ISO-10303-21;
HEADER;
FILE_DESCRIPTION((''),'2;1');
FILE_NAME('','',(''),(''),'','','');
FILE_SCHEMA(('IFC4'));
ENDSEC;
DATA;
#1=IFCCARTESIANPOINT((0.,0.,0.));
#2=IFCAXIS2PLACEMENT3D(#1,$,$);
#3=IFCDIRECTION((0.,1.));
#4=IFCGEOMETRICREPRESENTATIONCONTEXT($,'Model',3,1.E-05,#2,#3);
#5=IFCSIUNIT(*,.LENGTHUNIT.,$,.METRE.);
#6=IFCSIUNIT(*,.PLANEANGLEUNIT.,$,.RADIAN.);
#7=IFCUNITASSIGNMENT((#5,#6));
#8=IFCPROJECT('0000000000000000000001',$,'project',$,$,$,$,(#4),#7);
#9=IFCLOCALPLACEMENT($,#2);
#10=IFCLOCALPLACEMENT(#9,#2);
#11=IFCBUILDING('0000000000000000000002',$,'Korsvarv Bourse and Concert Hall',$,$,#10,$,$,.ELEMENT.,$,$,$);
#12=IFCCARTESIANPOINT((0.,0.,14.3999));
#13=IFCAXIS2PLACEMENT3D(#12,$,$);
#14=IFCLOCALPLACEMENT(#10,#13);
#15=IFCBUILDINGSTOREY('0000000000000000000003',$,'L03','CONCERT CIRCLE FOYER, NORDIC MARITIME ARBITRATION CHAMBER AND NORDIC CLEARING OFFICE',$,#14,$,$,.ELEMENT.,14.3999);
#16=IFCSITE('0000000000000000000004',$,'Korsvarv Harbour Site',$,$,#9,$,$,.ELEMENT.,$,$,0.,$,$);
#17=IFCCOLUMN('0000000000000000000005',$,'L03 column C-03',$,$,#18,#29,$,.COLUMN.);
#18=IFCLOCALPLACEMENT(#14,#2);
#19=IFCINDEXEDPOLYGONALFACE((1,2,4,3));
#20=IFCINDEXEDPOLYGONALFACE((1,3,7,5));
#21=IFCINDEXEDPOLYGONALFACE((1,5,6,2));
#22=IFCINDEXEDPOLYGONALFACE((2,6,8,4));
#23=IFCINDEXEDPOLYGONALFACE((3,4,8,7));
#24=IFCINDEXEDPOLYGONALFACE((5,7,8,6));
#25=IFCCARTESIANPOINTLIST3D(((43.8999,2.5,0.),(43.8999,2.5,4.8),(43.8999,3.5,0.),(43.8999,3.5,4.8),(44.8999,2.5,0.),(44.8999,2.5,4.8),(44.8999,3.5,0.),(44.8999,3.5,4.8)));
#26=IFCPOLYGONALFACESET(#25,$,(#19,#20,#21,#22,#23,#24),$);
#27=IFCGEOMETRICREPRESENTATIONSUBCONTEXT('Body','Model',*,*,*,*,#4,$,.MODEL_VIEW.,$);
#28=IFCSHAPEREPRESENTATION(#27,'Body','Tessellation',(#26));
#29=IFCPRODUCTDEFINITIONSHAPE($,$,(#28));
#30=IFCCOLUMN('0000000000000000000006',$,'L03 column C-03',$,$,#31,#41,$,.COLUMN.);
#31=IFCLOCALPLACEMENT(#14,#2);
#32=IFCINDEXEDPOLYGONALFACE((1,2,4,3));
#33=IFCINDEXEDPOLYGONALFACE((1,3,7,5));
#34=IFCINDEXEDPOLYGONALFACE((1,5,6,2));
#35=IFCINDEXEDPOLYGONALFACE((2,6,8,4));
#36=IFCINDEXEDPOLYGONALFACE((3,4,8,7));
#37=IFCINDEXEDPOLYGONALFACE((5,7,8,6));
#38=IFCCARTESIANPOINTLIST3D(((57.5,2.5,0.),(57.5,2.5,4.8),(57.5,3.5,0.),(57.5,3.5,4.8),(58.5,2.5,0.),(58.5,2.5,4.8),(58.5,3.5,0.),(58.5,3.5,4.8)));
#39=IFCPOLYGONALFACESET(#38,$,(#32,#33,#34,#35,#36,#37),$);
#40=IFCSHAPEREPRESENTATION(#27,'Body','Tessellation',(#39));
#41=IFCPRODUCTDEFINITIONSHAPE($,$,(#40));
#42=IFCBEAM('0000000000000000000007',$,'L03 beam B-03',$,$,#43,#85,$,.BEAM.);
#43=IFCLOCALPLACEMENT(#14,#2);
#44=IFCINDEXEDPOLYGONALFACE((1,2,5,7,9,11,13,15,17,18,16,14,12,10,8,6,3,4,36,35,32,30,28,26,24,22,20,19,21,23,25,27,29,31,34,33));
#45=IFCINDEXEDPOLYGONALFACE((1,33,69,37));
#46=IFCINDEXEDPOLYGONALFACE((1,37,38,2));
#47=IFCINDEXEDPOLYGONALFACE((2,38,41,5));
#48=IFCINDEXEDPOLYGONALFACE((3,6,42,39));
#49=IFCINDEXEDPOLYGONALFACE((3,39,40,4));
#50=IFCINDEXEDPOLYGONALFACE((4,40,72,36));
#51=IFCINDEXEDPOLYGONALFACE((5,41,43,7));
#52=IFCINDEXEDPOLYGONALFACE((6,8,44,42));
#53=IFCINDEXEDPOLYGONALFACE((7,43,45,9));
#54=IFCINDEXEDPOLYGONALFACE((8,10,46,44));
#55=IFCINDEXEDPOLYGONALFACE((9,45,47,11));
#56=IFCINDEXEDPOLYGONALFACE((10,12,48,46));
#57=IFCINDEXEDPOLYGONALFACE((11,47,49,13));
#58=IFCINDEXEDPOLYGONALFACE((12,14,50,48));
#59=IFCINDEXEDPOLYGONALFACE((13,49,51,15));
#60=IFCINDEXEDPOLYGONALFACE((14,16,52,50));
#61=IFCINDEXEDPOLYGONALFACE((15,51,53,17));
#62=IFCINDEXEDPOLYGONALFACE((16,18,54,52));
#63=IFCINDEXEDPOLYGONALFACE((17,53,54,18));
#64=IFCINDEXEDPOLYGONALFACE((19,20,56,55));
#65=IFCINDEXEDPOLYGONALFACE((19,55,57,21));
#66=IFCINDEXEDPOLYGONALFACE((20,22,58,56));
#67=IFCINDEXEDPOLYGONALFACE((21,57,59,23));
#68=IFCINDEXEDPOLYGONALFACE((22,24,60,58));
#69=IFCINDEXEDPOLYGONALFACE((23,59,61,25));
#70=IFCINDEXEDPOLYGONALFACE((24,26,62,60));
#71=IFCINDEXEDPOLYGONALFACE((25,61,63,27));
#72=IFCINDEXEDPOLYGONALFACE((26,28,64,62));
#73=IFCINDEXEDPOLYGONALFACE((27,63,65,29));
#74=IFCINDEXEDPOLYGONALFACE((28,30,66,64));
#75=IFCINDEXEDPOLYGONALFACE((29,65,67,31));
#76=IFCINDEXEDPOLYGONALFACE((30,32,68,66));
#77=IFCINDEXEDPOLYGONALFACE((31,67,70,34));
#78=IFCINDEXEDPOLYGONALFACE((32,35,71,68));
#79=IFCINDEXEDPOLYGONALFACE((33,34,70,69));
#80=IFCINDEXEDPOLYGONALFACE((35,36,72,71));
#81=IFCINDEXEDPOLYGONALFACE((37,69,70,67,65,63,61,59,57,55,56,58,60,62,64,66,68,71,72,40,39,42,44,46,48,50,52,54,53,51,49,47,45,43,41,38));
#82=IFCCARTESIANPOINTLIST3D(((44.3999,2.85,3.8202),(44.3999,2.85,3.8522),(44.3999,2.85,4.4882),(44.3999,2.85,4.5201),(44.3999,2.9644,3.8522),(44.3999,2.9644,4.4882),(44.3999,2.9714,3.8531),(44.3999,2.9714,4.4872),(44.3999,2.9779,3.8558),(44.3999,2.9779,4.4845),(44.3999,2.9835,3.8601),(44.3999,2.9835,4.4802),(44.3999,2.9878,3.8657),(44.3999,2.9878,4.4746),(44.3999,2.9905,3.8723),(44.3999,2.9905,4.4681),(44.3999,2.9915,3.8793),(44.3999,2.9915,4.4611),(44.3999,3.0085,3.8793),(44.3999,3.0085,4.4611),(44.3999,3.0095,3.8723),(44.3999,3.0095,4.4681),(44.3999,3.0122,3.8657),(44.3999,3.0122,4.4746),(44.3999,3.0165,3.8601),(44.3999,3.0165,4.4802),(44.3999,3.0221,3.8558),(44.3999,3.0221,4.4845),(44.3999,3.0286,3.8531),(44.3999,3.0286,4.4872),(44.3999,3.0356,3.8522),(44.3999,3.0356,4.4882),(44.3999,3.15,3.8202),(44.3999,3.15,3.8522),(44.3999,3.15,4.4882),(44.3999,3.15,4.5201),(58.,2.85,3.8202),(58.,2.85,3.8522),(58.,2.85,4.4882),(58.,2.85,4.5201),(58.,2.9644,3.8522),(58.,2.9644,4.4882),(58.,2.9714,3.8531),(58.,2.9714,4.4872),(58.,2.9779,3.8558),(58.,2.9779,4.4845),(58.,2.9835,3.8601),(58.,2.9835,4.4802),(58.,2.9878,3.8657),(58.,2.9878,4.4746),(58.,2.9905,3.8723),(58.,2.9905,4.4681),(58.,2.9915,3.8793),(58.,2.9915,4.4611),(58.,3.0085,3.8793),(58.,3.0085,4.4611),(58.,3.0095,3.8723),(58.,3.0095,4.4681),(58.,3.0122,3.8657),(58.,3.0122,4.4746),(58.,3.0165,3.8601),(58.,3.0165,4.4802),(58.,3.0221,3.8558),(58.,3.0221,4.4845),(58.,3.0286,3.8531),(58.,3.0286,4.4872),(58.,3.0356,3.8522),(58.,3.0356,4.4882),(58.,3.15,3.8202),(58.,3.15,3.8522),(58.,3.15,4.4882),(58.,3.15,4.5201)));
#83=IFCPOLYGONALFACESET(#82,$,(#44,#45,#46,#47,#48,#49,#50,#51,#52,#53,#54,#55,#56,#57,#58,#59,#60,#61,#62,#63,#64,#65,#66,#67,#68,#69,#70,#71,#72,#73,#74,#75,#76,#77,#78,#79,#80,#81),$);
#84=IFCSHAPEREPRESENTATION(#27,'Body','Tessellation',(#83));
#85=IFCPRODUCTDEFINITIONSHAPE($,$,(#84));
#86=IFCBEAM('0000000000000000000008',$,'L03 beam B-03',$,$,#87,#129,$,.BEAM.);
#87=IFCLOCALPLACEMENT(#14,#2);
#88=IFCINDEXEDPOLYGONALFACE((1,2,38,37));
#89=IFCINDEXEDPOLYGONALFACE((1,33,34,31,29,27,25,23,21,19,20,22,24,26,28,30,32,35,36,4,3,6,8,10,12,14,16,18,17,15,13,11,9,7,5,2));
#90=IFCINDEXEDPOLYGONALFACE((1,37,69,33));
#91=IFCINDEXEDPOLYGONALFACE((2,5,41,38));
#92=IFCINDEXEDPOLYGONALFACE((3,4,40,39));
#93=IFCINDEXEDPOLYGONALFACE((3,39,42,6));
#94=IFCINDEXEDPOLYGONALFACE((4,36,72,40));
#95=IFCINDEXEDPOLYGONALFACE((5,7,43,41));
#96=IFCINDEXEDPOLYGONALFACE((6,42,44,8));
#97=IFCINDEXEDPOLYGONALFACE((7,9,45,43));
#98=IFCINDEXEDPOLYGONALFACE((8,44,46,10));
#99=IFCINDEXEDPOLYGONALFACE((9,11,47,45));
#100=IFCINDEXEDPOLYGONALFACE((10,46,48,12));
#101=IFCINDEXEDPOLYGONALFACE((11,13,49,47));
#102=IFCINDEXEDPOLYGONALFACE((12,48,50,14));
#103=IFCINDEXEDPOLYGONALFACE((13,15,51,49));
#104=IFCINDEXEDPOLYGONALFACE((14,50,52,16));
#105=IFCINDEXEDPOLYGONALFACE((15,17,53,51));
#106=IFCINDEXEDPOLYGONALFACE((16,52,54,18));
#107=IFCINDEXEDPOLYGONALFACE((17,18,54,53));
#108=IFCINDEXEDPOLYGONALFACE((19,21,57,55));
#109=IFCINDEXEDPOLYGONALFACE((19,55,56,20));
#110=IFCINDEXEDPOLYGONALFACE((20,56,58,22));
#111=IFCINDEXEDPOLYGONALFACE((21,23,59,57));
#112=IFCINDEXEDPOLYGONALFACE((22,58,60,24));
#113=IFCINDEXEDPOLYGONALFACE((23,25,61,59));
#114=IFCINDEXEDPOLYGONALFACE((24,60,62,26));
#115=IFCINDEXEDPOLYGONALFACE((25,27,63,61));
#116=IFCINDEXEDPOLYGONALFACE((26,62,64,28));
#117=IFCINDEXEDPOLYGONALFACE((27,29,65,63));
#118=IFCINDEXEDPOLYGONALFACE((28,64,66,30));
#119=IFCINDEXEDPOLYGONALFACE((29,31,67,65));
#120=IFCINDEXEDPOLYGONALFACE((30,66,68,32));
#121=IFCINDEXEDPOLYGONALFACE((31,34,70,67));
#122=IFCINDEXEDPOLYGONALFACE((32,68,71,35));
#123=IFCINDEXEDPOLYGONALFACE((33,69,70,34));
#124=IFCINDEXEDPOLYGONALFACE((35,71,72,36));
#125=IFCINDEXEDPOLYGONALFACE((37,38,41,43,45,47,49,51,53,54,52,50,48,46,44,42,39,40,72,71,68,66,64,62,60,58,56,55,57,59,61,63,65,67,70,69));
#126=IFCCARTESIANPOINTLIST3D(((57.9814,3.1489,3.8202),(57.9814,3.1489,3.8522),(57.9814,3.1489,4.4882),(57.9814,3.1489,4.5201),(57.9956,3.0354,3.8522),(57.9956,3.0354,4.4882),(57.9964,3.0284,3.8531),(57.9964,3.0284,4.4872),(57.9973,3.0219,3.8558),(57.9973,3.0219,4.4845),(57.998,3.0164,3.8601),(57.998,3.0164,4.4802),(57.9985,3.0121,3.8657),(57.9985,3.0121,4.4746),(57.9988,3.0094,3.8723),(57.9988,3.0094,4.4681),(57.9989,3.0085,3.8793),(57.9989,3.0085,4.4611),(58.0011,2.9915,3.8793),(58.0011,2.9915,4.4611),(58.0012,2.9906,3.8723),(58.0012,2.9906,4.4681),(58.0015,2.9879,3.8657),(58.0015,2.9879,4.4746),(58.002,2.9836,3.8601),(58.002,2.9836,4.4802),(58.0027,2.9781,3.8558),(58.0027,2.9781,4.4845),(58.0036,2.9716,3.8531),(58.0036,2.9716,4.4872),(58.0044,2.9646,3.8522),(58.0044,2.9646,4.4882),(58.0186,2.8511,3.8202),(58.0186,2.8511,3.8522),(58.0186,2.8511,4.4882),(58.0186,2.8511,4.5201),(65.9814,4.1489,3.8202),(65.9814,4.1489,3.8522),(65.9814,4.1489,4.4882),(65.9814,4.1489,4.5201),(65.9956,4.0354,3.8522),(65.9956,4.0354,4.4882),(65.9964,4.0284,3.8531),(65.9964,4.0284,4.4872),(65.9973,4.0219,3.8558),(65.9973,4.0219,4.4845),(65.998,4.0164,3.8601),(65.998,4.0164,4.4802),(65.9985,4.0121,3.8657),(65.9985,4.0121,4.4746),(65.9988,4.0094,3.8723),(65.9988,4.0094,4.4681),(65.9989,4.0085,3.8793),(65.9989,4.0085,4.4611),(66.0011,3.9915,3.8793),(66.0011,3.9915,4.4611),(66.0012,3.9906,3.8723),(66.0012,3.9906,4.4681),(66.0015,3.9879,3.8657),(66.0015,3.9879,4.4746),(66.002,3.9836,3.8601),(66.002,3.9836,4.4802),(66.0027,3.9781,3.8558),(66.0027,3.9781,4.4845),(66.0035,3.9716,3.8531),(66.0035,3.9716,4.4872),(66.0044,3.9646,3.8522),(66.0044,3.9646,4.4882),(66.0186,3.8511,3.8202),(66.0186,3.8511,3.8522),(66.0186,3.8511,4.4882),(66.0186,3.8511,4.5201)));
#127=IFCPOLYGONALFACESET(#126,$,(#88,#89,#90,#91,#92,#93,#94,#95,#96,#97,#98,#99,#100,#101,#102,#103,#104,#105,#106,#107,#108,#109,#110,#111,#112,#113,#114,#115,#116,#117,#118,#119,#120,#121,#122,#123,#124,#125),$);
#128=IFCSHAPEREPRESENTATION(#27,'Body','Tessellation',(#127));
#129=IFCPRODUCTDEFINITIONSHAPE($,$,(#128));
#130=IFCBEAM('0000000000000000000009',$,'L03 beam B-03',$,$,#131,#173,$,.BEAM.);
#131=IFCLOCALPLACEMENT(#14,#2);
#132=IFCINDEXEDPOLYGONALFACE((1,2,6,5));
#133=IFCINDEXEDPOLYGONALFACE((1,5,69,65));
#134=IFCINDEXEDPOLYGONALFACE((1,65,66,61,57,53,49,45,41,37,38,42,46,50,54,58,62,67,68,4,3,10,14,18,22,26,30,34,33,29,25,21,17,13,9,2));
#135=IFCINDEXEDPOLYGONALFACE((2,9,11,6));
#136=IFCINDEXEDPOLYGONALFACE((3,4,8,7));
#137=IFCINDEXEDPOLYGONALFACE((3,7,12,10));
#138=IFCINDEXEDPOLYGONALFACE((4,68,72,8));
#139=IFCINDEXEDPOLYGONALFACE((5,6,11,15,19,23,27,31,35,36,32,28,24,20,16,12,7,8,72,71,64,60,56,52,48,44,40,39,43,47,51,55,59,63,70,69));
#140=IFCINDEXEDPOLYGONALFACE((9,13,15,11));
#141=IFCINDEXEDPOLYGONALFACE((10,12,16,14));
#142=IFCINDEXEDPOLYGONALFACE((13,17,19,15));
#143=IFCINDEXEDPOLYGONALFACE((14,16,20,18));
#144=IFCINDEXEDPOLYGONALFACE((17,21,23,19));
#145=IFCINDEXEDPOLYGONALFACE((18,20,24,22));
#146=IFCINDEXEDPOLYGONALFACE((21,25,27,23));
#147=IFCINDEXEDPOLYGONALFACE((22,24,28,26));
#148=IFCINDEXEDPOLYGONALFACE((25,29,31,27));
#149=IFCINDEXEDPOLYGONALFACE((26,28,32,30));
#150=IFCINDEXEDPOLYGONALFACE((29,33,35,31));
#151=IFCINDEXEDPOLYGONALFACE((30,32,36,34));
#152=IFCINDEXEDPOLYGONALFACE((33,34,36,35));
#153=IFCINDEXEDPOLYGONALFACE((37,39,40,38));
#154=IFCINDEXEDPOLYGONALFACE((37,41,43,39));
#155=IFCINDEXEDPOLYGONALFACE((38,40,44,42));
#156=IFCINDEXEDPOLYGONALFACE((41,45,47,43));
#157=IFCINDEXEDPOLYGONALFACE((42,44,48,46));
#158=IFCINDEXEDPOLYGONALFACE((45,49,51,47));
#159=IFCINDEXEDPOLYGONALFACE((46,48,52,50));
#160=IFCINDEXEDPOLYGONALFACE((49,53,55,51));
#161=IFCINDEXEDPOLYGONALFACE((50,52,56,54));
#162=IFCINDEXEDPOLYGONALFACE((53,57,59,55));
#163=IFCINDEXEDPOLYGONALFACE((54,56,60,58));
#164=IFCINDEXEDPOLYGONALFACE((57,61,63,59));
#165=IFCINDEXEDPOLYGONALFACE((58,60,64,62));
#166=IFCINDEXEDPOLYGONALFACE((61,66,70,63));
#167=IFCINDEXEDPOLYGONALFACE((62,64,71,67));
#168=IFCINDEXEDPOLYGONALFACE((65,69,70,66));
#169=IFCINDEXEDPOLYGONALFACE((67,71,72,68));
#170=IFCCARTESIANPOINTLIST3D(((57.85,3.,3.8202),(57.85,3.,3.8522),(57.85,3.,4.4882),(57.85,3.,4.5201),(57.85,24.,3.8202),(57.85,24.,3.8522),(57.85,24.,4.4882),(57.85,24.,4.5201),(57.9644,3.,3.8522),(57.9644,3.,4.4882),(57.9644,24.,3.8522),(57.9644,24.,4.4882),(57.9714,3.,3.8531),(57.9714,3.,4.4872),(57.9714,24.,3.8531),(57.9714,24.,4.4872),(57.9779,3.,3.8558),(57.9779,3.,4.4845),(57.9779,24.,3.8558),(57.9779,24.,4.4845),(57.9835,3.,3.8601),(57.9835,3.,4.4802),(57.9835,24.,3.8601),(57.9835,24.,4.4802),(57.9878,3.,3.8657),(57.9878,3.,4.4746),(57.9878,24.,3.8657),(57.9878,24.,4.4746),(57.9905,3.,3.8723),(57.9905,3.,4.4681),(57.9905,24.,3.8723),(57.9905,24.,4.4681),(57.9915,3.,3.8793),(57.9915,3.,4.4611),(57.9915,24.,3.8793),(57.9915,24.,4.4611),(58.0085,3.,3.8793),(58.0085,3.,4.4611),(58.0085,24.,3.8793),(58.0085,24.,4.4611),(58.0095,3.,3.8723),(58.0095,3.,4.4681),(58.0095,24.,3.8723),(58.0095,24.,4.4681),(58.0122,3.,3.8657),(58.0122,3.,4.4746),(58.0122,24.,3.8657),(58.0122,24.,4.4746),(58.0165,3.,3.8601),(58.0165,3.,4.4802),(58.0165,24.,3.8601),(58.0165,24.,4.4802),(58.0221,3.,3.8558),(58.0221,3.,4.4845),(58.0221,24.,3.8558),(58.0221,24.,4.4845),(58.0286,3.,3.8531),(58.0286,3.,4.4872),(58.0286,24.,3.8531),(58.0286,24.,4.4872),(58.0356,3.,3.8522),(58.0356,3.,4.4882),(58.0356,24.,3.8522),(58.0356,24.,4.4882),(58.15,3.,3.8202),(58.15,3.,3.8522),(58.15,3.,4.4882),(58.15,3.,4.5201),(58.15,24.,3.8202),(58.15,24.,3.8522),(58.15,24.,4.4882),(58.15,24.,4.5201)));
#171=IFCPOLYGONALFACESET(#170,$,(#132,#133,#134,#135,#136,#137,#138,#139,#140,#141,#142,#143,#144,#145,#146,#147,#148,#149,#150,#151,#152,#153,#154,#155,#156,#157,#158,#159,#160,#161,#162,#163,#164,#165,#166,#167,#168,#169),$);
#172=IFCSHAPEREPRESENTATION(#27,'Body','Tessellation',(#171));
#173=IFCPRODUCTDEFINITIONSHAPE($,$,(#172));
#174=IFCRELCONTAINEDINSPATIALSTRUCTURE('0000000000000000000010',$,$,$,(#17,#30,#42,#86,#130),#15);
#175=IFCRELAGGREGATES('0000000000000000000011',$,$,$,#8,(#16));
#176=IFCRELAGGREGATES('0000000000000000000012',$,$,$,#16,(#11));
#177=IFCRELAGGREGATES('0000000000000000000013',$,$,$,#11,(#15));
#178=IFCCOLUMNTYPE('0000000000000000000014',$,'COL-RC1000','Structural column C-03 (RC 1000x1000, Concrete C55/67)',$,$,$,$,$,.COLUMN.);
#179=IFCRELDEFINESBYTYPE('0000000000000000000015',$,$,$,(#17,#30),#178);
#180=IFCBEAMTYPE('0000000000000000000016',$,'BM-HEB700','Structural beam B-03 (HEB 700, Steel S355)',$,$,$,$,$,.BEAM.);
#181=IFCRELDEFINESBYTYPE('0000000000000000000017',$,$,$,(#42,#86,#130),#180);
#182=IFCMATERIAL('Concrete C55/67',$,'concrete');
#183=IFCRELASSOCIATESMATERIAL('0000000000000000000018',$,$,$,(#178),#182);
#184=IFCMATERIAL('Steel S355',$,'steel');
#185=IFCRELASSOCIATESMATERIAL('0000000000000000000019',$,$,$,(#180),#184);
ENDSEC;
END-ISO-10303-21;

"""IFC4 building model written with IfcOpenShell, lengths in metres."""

from ifc_helpers import new_model, si_unit, direction, frame, origin, origin_2d, place, context, subcontext, project, spatial, rectangle, i_section, extrude, source, transform, mapped, material, material_profile, profile_set, type_object, element, save


model = new_model("IFC4")

# Units and contexts
model_context = context("Model", 3, precision=1e-05, world=origin(), true_north=direction((0.0, 1.0)))
body_context = subcontext(model_context, "Body", "Model", "MODEL_VIEW")
ifc_project = project(units=[si_unit("LENGTHUNIT", "METRE"), si_unit("PLANEANGLEUNIT", "RADIAN")], contexts=[model_context])

# Site, building, storey
site_placement = place(None, origin())
site = spatial("IfcSite", under=ifc_project, at=site_placement, Name="Korsvarv Harbour Site", CompositionType="ELEMENT", RefElevation=0.0)
building_placement = place(site_placement, origin())
building = spatial("IfcBuilding", under=site, at=building_placement, Name="Korsvarv Bourse and Concert Hall", CompositionType="ELEMENT")
storey_placement = place(building_placement, frame((0.0, 0.0, 14.3999)))
storey = spatial("IfcBuildingStorey", under=building, at=storey_placement, Name="L03", Description="CONCERT CIRCLE FOYER, NORDIC MARITIME ARBITRATION CHAMBER AND NORDIC CLEARING OFFICE", CompositionType="ELEMENT", Elevation=14.3999)

# Columns
ifc_material_1 = material(Name="Concrete C55/67", Category="concrete")
ifc_material_profile_1 = material_profile(ifc_material_1, rectangle(XDim=1.0, YDim=1.0, at=origin_2d()), Name="RC 1000x1000")
ifc_profile_set_1 = profile_set([ifc_material_profile_1], Name="Concrete C55/67")
column_type = type_object("IfcColumnType", Name="COL-RC1000", Description="Structural column C-03 (RC 1000x1000, Concrete C55/67)", PredefinedType="COLUMN", material=ifc_profile_set_1)
shared_shape_1 = source(origin(), body_context, "Body", "SweptSolid", [
    extrude(rectangle(XDim=1.0, YDim=1.0, at=origin_2d()), origin(), (0.0, 0.0, 1.0), 4.8),
])
for number, where, z_axis, x_axis, name in (
    (1, (44.3999, 3.0, 0.0), (0.0, 0.0, 1.0), (1.0, 0.0, 0.0), "L03 column C-03"),
    (2, (58.0, 3.0, 0.0), (0.0, 0.0, 1.0), (1.0, 0.0, 0.0), "L03 column C-03"),
):
    element("IfcColumn", number, at=place(storey_placement, frame(where, z_axis=z_axis, x_axis=x_axis)), inside=storey, type_object=column_type, Name=name, PredefinedType="COLUMN", context=body_context, shape_type="MappedRepresentation", body=[
        mapped(shared_shape_1, transform((0.0, 0.0, 0.0), scale=1.0)),
    ])

# Beams
ifc_material_2 = material(Name="Steel S355", Category="steel")
ifc_material_profile_2 = material_profile(ifc_material_2, i_section(OverallWidth=0.3, OverallDepth=0.7, WebThickness=0.0171, FlangeThickness=0.032, FilletRadius=0.0271, at=origin_2d()), Name="HEB 700")
ifc_profile_set_2 = profile_set([ifc_material_profile_2], Name="Steel S355")
beam_type_1 = type_object("IfcBeamType", Name="BM-HEB700", Description="Structural beam B-03 (HEB 700, Steel S355)", PredefinedType="BEAM", material=ifc_profile_set_2)
shared_shape_2 = source(origin(), body_context, "Body", "SweptSolid", [
    extrude(i_section(OverallWidth=0.3, OverallDepth=0.7, WebThickness=0.0171, FlangeThickness=0.032, FilletRadius=0.0271, at=origin_2d()), origin(), (0.0, 0.0, 1.0), 13.6001),
])
beam_1_placement = place(storey_placement, frame((44.3999, 3.0, 4.1702), z_axis=(1.0, 0.0, 0.0), x_axis=(0.0, 1.0, 0.0)))
element("IfcBeam", 3, at=beam_1_placement, inside=storey, type_object=beam_type_1, Name="L03 beam B-03", PredefinedType="BEAM", context=body_context, shape_type="MappedRepresentation", body=[
    mapped(shared_shape_2, transform((0.0, 0.0, 0.0), scale=1.0)),
])
shared_shape_3 = source(origin(), body_context, "Body", "SweptSolid", [
    extrude(i_section(OverallWidth=0.3, OverallDepth=0.7, WebThickness=0.0171, FlangeThickness=0.032, FilletRadius=0.0271, at=origin_2d()), origin(), (0.0, 0.0, 1.0), 8.0623),
])
beam_2_placement = place(storey_placement, frame((58.0, 3.0, 4.1702), z_axis=(0.992278, 0.124035, 0.0), x_axis=(-0.124035, 0.992278, 0.0)))
element("IfcBeam", 4, at=beam_2_placement, inside=storey, type_object=beam_type_1, Name="L03 beam B-03", PredefinedType="BEAM", context=body_context, shape_type="MappedRepresentation", body=[
    mapped(shared_shape_3, transform((0.0, 0.0, 0.0), scale=1.0)),
])
shared_shape_4 = source(origin(), body_context, "Body", "SweptSolid", [
    extrude(i_section(OverallWidth=0.3, OverallDepth=0.7, WebThickness=0.0171, FlangeThickness=0.032, FilletRadius=0.0271, at=origin_2d()), origin(), (0.0, 0.0, 1.0), 21.0),
])
beam_3_placement = place(storey_placement, frame((58.0, 3.0, 4.1702), z_axis=(0.0, 1.0, 0.0), x_axis=(-1.0, 0.0, 0.0)))
element("IfcBeam", 5, at=beam_3_placement, inside=storey, type_object=beam_type_1, Name="L03 beam B-03", PredefinedType="BEAM", context=body_context, shape_type="MappedRepresentation", body=[
    mapped(shared_shape_4, transform((0.0, 0.0, 0.0), scale=1.0)),
])

save(model, "model.ifc")
